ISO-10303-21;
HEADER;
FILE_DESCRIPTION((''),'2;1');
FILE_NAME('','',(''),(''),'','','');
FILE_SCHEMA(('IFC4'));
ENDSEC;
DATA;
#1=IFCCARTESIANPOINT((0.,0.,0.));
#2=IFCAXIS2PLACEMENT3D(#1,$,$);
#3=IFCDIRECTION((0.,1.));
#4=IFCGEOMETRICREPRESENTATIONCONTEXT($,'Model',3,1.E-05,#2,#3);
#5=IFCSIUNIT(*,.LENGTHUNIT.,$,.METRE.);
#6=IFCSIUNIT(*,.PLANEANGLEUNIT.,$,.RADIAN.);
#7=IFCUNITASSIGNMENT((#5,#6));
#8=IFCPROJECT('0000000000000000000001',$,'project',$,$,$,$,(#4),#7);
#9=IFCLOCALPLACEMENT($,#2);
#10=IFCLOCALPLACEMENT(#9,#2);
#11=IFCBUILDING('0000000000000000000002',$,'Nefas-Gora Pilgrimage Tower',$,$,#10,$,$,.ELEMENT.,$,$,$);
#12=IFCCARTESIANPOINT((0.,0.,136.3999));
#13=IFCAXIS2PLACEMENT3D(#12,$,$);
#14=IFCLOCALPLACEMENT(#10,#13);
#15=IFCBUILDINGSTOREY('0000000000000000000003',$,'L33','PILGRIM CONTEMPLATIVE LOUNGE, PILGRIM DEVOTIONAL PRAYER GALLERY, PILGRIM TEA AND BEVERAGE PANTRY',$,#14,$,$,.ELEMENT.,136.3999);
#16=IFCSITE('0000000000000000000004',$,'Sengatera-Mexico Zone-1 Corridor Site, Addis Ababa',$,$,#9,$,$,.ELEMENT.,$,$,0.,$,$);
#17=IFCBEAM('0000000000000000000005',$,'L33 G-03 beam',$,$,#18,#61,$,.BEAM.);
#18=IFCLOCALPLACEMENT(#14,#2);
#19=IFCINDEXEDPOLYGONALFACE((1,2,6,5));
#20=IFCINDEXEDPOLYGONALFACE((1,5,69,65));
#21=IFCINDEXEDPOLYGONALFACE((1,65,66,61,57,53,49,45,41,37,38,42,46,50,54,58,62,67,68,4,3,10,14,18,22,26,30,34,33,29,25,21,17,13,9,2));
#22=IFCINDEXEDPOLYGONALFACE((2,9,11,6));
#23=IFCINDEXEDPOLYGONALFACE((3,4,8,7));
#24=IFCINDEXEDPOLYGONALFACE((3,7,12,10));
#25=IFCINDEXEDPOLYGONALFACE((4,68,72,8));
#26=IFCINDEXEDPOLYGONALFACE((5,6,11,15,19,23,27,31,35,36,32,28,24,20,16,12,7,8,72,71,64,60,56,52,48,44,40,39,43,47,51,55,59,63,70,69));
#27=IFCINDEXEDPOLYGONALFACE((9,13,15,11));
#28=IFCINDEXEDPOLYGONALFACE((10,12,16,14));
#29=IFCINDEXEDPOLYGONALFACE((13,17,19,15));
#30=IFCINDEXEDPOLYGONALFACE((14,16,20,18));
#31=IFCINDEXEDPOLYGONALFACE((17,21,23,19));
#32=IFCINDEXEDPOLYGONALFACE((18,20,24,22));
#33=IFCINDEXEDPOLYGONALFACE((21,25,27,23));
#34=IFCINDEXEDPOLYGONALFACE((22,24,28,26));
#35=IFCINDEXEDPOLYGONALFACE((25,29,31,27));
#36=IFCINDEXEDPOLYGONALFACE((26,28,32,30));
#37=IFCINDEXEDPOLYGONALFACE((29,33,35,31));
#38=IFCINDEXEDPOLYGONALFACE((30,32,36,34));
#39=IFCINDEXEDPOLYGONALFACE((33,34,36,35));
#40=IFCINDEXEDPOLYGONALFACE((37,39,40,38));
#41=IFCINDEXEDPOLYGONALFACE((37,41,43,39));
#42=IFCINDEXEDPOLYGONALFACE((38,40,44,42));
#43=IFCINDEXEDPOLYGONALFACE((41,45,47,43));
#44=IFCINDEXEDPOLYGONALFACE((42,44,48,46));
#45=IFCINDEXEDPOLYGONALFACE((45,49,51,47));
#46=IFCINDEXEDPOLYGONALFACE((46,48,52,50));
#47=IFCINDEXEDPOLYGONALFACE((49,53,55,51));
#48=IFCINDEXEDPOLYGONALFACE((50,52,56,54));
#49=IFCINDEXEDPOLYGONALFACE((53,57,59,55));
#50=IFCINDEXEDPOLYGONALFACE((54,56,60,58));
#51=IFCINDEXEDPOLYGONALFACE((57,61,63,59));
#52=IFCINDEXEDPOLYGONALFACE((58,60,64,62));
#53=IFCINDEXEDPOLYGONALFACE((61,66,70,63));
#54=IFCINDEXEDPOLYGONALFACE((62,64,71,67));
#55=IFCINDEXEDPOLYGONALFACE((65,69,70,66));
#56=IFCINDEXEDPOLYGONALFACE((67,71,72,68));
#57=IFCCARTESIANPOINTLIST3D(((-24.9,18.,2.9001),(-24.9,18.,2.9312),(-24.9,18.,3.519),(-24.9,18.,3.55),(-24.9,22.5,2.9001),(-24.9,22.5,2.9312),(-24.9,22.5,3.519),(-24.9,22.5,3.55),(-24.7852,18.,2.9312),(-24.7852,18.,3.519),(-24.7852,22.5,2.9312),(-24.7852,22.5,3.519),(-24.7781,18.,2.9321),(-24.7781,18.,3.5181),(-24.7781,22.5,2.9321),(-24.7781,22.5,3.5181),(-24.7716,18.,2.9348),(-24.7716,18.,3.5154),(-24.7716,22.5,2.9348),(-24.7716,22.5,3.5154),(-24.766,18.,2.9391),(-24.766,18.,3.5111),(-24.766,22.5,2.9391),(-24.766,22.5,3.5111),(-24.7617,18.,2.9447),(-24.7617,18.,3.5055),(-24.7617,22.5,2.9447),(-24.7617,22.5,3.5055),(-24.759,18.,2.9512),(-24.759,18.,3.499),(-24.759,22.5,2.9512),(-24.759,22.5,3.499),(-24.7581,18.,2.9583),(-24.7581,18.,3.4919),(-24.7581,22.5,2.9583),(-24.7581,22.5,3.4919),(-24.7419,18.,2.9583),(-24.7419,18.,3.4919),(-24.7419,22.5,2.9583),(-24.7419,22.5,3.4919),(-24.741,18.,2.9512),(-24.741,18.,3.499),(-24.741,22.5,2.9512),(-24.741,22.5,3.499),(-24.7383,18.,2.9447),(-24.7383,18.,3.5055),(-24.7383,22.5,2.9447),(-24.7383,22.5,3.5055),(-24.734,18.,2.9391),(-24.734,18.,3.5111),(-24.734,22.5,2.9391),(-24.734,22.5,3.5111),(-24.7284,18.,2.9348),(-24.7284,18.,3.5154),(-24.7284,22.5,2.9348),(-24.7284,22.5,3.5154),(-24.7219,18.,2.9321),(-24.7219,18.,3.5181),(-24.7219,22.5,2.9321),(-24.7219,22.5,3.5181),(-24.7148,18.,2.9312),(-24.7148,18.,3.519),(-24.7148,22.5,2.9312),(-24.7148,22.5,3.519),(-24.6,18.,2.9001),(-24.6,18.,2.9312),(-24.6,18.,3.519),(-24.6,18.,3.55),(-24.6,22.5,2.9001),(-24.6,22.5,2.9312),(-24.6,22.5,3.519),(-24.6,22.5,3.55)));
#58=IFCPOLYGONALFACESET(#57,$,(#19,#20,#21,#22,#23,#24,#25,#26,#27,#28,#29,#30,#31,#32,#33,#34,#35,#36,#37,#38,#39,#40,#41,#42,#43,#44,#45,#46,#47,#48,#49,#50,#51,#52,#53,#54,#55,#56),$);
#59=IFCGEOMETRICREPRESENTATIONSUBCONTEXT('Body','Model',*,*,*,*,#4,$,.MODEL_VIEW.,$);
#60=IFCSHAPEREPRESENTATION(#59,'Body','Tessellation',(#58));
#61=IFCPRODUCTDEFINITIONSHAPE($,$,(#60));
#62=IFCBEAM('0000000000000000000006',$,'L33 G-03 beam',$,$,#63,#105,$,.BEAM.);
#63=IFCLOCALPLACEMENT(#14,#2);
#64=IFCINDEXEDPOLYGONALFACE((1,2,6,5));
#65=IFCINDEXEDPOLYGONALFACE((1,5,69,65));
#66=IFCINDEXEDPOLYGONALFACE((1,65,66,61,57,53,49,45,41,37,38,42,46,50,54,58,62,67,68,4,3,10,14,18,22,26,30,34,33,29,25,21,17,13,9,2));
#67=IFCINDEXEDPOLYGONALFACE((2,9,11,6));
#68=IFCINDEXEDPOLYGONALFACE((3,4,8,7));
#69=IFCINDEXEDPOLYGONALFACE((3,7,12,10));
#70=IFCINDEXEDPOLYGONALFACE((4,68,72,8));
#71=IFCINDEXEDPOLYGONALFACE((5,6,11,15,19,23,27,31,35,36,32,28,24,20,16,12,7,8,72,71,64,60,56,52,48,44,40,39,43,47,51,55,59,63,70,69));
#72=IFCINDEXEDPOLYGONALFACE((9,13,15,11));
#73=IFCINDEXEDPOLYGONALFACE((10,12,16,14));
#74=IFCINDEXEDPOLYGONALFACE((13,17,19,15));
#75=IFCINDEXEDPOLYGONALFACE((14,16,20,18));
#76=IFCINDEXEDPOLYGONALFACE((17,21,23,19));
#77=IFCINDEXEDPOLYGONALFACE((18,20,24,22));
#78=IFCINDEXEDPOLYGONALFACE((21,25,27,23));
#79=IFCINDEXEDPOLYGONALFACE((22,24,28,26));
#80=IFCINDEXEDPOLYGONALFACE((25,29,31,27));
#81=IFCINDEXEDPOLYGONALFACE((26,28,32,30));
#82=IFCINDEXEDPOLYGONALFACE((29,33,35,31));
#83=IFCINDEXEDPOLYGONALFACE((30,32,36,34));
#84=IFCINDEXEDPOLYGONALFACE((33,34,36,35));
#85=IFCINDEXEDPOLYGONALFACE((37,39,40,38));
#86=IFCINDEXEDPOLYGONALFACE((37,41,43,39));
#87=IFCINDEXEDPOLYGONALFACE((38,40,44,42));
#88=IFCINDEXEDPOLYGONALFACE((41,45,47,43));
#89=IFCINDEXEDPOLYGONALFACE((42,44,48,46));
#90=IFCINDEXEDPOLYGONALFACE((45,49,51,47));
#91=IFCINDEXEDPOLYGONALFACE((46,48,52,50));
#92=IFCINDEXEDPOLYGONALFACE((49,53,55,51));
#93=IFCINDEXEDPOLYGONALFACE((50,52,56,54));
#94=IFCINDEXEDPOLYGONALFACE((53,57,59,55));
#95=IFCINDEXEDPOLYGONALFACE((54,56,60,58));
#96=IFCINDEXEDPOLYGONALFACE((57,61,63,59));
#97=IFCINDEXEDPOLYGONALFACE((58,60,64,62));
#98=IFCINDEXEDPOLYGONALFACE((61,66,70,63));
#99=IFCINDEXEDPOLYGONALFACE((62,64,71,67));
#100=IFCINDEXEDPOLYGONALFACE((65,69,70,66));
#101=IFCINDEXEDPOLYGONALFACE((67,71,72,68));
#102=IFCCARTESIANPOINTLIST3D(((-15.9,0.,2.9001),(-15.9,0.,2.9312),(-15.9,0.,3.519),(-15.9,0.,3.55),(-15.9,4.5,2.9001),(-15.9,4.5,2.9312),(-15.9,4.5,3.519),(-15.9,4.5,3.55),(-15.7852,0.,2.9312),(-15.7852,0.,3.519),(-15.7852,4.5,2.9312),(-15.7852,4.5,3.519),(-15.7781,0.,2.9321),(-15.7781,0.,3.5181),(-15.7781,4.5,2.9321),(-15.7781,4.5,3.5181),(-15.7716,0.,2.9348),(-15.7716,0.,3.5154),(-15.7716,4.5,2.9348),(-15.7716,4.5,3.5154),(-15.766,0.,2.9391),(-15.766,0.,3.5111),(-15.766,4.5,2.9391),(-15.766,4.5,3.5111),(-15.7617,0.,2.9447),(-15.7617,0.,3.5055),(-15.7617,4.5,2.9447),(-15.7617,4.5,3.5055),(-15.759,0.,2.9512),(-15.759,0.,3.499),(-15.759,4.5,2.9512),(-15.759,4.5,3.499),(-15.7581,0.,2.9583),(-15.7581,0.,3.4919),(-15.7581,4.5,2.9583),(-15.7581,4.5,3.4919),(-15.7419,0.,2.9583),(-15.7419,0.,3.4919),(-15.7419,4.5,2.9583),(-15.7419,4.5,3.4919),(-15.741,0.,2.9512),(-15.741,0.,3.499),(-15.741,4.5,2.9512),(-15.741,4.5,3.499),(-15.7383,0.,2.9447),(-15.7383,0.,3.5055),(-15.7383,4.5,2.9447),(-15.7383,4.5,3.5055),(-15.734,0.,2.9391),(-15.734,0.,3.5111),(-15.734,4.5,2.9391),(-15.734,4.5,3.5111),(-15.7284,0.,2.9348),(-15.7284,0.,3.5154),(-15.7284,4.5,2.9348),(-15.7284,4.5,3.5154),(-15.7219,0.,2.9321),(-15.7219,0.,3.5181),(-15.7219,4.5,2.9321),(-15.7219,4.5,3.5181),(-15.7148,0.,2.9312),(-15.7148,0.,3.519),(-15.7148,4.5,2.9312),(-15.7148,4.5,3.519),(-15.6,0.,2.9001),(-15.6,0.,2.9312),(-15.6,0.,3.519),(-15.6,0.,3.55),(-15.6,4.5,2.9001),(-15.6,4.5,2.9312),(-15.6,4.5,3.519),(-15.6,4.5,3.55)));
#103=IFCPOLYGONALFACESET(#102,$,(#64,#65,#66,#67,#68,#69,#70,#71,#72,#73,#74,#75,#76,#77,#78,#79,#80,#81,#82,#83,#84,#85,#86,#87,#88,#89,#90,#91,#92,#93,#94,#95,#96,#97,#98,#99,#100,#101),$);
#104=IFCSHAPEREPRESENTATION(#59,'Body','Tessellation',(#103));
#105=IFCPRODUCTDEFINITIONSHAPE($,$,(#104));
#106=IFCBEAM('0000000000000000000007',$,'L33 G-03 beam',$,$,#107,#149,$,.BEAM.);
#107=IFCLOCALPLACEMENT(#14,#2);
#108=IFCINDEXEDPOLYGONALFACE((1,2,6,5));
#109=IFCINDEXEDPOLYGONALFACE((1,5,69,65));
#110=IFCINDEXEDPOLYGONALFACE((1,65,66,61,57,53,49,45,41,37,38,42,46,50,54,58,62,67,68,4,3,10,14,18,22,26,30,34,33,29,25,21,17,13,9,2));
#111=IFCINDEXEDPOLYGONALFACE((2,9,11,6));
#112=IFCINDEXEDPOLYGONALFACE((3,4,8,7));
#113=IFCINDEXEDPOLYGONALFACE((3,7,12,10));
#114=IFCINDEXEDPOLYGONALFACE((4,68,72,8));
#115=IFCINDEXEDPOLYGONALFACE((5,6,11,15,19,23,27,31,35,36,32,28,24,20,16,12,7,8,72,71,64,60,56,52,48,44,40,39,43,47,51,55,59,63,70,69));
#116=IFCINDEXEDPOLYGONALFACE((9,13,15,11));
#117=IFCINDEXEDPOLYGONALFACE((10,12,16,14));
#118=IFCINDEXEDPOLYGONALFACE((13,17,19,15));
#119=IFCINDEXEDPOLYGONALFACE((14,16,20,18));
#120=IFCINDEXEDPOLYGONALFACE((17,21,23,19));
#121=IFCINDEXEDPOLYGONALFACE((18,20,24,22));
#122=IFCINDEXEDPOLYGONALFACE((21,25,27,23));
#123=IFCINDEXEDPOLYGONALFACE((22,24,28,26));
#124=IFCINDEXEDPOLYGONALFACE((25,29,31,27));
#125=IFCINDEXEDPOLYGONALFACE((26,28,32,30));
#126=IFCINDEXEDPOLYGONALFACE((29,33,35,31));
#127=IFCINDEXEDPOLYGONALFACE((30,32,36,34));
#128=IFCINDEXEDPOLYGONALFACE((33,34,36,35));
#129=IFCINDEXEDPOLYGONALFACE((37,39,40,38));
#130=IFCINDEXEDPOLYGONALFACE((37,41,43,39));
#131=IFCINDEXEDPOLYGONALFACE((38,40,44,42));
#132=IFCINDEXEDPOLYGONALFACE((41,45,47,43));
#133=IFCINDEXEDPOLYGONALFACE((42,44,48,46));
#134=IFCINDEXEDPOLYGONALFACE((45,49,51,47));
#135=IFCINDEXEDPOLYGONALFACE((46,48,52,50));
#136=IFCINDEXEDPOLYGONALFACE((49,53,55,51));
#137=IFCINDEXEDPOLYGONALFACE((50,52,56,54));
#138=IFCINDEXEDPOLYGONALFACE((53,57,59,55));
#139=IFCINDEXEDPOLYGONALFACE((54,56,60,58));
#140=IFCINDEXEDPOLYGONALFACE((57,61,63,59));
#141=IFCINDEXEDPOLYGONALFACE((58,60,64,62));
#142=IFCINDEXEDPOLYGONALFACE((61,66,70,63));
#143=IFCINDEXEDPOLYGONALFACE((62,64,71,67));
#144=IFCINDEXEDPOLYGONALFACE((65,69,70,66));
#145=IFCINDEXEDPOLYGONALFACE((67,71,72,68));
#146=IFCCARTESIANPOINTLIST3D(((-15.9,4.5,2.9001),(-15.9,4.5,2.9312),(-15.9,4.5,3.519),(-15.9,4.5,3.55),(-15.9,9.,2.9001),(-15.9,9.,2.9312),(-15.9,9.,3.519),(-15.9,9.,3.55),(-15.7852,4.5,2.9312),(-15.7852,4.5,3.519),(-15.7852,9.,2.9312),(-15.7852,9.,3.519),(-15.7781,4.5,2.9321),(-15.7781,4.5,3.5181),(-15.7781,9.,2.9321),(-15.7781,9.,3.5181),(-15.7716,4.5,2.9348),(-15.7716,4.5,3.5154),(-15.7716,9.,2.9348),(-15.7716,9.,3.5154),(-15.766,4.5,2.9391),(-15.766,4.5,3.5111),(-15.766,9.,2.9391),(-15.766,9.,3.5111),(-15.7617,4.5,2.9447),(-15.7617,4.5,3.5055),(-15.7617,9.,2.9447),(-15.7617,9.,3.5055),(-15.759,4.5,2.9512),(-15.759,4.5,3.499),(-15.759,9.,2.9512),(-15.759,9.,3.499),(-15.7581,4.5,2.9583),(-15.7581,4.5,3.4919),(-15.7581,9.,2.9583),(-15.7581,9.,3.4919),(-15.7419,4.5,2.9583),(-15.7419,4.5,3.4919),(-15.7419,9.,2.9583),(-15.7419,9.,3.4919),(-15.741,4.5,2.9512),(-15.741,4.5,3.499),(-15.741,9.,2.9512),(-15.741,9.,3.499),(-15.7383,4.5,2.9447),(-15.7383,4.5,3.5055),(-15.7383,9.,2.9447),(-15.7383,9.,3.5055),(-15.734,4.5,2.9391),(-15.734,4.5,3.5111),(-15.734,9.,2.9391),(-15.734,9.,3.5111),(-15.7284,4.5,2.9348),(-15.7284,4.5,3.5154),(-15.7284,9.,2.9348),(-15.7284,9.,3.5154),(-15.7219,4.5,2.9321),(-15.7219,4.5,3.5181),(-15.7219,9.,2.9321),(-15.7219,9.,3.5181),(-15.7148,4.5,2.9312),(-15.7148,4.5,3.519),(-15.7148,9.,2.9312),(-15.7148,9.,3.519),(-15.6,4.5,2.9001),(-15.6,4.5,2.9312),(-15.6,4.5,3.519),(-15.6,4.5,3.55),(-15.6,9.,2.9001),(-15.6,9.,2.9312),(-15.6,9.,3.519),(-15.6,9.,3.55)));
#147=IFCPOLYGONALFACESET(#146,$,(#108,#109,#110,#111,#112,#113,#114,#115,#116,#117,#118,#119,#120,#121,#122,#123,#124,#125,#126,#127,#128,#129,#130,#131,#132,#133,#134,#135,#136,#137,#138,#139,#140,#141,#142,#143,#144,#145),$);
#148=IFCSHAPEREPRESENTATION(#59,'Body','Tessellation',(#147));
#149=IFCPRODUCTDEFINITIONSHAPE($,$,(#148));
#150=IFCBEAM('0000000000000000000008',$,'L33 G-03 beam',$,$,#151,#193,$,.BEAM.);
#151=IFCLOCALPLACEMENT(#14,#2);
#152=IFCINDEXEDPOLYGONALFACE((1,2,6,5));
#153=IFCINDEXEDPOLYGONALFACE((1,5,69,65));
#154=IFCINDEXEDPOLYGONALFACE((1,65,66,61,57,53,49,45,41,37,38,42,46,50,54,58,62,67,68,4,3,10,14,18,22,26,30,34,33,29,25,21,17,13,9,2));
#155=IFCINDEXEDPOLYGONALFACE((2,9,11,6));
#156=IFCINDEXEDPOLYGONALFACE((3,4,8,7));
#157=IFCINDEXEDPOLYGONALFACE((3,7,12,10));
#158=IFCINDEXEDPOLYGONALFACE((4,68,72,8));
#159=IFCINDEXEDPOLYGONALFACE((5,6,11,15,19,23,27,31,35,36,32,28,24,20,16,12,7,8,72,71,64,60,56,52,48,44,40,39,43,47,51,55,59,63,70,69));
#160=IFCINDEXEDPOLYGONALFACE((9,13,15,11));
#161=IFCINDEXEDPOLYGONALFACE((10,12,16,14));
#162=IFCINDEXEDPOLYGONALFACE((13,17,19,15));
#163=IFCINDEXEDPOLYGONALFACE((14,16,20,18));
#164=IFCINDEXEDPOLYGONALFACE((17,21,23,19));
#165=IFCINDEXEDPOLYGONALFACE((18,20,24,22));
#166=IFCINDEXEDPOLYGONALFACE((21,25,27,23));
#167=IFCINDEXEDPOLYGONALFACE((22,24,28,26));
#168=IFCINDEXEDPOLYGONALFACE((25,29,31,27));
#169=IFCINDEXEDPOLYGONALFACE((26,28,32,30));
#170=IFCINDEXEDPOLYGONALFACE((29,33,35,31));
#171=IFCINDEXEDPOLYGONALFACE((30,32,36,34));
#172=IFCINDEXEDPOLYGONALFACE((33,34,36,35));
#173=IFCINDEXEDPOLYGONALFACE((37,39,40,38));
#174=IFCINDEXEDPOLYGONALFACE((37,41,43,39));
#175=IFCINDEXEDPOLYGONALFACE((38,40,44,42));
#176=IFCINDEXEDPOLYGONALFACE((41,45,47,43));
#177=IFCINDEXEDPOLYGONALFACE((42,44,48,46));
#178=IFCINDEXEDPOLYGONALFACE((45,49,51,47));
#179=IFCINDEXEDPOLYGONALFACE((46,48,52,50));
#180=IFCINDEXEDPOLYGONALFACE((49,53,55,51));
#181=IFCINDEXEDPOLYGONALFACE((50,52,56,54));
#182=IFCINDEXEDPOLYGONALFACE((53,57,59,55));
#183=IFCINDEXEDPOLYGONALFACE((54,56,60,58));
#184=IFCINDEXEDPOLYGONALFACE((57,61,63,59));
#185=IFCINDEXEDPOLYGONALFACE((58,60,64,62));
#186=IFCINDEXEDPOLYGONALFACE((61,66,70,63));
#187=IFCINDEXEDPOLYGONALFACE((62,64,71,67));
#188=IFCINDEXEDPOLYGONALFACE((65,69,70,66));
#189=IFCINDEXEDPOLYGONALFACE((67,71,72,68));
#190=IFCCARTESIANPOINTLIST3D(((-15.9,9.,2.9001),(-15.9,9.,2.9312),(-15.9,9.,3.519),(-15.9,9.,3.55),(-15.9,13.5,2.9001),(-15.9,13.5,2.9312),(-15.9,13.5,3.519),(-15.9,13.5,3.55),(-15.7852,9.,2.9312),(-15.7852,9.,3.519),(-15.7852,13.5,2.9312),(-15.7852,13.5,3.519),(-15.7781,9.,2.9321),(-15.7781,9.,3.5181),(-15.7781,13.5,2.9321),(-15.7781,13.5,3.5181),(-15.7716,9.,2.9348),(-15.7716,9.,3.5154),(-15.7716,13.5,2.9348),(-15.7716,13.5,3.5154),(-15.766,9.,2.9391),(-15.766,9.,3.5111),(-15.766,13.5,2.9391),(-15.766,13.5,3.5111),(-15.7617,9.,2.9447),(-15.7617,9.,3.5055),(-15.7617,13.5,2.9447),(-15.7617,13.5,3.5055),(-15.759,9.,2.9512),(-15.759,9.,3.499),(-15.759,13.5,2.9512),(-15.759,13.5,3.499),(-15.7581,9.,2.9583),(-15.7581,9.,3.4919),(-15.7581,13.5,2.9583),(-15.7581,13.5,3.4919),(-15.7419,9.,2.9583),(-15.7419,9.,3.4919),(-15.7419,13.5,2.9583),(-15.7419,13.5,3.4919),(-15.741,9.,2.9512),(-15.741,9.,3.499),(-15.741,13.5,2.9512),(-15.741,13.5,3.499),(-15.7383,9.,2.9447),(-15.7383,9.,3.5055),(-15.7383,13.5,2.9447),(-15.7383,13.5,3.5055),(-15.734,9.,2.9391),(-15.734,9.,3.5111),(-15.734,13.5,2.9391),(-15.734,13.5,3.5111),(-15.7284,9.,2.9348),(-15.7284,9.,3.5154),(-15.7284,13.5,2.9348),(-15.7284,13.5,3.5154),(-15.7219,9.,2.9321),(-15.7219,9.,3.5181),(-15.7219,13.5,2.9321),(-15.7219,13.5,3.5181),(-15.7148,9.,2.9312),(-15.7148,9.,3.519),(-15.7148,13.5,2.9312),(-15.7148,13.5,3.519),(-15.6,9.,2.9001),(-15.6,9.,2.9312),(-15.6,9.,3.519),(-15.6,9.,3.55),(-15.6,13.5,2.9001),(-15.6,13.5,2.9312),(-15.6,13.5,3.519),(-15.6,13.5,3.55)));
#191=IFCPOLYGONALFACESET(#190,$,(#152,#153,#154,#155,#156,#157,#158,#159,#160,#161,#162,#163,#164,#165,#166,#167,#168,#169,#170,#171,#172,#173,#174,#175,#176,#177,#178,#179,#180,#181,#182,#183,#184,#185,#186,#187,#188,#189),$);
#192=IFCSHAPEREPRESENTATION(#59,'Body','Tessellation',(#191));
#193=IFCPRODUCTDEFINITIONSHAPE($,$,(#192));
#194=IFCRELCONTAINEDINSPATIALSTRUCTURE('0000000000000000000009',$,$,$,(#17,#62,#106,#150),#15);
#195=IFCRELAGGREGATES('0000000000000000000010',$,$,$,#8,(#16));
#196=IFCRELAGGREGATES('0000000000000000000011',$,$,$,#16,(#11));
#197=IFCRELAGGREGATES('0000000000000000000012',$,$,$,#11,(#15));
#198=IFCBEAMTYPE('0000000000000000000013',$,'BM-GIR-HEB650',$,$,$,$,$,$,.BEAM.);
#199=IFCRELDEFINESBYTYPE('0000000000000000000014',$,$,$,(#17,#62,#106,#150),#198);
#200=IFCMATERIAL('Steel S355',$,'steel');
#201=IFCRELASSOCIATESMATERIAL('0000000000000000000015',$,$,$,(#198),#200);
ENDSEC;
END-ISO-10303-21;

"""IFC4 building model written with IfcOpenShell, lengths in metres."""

from ifc_helpers import new_model, si_unit, direction, frame, origin, origin_2d, place, context, subcontext, project, spatial, i_section, extrude, source, transform, mapped, material, material_profile, profile_set, type_object, element, save


model = new_model("IFC4")

# Units and contexts
model_context = context("Model", 3, precision=1e-05, world=origin(), true_north=direction((0.0, 1.0)))
body_context = subcontext(model_context, "Body", "Model", "MODEL_VIEW")
ifc_project = project(units=[si_unit("LENGTHUNIT", "METRE"), si_unit("PLANEANGLEUNIT", "RADIAN")], contexts=[model_context])

# Site, building, storey
site_placement = place(None, origin())
site = spatial("IfcSite", under=ifc_project, at=site_placement, Name="Sengatera-Mexico Zone-1 Corridor Site, Addis Ababa", CompositionType="ELEMENT", RefElevation=0.0)
building_placement = place(site_placement, origin())
building = spatial("IfcBuilding", under=site, at=building_placement, Name="Nefas-Gora Pilgrimage Tower", CompositionType="ELEMENT")
storey_placement = place(building_placement, frame((0.0, 0.0, 136.3999)))
storey = spatial("IfcBuildingStorey", under=building, at=storey_placement, Name="L33", Description="PILGRIM CONTEMPLATIVE LOUNGE, PILGRIM DEVOTIONAL PRAYER GALLERY, PILGRIM TEA AND BEVERAGE PANTRY", CompositionType="ELEMENT", Elevation=136.3999)

# Beams
ifc_material_1 = material(Name="Steel S355", Category="steel")
ifc_material_profile_1 = material_profile(ifc_material_1, i_section(OverallWidth=0.3, OverallDepth=0.6499, WebThickness=0.0161, FlangeThickness=0.031, FilletRadius=0.0271, at=origin_2d()), Name="HEB 650")
ifc_profile_set_1 = profile_set([ifc_material_profile_1], Name="Steel S355")
beam_type_1 = type_object("IfcBeamType", Name="BM-GIR-HEB650", PredefinedType="BEAM", material=ifc_profile_set_1)
shared_shape_1 = source(origin(), body_context, "Body", "SweptSolid", [
    extrude(i_section(OverallWidth=0.3, OverallDepth=0.6499, WebThickness=0.0161, FlangeThickness=0.031, FilletRadius=0.0271, at=origin_2d()), origin(), (0.0, 0.0, 1.0), 4.5),
])
for number, where, z_axis, x_axis, name in (
    (1, (-24.75, 18.0, 3.2251), (0.0, 1.0, 0.0), (-1.0, 0.0, 0.0), "L33 G-03 beam"),
    (2, (-15.75, 0.0, 3.2251), (0.0, 1.0, 0.0), (-1.0, 0.0, 0.0), "L33 G-03 beam"),
    (3, (-15.75, 4.5, 3.2251), (0.0, 1.0, 0.0), (-1.0, 0.0, 0.0), "L33 G-03 beam"),
    (4, (-15.75, 9.0, 3.2251), (0.0, 1.0, 0.0), (-1.0, 0.0, 0.0), "L33 G-03 beam"),
):
    element("IfcBeam", number, at=place(storey_placement, frame(where, z_axis=z_axis, x_axis=x_axis)), inside=storey, type_object=beam_type_1, Name=name, PredefinedType="BEAM", context=body_context, shape_type="MappedRepresentation", body=[
        mapped(shared_shape_1, transform((0.0, 0.0, 0.0), x_axis=(1.0, 0.0, 0.0), y_axis=(0.0, 1.0, 0.0), z_axis=(0.0, 0.0, 1.0), scale=1.0)),
    ])

save(model, "model.ifc")
